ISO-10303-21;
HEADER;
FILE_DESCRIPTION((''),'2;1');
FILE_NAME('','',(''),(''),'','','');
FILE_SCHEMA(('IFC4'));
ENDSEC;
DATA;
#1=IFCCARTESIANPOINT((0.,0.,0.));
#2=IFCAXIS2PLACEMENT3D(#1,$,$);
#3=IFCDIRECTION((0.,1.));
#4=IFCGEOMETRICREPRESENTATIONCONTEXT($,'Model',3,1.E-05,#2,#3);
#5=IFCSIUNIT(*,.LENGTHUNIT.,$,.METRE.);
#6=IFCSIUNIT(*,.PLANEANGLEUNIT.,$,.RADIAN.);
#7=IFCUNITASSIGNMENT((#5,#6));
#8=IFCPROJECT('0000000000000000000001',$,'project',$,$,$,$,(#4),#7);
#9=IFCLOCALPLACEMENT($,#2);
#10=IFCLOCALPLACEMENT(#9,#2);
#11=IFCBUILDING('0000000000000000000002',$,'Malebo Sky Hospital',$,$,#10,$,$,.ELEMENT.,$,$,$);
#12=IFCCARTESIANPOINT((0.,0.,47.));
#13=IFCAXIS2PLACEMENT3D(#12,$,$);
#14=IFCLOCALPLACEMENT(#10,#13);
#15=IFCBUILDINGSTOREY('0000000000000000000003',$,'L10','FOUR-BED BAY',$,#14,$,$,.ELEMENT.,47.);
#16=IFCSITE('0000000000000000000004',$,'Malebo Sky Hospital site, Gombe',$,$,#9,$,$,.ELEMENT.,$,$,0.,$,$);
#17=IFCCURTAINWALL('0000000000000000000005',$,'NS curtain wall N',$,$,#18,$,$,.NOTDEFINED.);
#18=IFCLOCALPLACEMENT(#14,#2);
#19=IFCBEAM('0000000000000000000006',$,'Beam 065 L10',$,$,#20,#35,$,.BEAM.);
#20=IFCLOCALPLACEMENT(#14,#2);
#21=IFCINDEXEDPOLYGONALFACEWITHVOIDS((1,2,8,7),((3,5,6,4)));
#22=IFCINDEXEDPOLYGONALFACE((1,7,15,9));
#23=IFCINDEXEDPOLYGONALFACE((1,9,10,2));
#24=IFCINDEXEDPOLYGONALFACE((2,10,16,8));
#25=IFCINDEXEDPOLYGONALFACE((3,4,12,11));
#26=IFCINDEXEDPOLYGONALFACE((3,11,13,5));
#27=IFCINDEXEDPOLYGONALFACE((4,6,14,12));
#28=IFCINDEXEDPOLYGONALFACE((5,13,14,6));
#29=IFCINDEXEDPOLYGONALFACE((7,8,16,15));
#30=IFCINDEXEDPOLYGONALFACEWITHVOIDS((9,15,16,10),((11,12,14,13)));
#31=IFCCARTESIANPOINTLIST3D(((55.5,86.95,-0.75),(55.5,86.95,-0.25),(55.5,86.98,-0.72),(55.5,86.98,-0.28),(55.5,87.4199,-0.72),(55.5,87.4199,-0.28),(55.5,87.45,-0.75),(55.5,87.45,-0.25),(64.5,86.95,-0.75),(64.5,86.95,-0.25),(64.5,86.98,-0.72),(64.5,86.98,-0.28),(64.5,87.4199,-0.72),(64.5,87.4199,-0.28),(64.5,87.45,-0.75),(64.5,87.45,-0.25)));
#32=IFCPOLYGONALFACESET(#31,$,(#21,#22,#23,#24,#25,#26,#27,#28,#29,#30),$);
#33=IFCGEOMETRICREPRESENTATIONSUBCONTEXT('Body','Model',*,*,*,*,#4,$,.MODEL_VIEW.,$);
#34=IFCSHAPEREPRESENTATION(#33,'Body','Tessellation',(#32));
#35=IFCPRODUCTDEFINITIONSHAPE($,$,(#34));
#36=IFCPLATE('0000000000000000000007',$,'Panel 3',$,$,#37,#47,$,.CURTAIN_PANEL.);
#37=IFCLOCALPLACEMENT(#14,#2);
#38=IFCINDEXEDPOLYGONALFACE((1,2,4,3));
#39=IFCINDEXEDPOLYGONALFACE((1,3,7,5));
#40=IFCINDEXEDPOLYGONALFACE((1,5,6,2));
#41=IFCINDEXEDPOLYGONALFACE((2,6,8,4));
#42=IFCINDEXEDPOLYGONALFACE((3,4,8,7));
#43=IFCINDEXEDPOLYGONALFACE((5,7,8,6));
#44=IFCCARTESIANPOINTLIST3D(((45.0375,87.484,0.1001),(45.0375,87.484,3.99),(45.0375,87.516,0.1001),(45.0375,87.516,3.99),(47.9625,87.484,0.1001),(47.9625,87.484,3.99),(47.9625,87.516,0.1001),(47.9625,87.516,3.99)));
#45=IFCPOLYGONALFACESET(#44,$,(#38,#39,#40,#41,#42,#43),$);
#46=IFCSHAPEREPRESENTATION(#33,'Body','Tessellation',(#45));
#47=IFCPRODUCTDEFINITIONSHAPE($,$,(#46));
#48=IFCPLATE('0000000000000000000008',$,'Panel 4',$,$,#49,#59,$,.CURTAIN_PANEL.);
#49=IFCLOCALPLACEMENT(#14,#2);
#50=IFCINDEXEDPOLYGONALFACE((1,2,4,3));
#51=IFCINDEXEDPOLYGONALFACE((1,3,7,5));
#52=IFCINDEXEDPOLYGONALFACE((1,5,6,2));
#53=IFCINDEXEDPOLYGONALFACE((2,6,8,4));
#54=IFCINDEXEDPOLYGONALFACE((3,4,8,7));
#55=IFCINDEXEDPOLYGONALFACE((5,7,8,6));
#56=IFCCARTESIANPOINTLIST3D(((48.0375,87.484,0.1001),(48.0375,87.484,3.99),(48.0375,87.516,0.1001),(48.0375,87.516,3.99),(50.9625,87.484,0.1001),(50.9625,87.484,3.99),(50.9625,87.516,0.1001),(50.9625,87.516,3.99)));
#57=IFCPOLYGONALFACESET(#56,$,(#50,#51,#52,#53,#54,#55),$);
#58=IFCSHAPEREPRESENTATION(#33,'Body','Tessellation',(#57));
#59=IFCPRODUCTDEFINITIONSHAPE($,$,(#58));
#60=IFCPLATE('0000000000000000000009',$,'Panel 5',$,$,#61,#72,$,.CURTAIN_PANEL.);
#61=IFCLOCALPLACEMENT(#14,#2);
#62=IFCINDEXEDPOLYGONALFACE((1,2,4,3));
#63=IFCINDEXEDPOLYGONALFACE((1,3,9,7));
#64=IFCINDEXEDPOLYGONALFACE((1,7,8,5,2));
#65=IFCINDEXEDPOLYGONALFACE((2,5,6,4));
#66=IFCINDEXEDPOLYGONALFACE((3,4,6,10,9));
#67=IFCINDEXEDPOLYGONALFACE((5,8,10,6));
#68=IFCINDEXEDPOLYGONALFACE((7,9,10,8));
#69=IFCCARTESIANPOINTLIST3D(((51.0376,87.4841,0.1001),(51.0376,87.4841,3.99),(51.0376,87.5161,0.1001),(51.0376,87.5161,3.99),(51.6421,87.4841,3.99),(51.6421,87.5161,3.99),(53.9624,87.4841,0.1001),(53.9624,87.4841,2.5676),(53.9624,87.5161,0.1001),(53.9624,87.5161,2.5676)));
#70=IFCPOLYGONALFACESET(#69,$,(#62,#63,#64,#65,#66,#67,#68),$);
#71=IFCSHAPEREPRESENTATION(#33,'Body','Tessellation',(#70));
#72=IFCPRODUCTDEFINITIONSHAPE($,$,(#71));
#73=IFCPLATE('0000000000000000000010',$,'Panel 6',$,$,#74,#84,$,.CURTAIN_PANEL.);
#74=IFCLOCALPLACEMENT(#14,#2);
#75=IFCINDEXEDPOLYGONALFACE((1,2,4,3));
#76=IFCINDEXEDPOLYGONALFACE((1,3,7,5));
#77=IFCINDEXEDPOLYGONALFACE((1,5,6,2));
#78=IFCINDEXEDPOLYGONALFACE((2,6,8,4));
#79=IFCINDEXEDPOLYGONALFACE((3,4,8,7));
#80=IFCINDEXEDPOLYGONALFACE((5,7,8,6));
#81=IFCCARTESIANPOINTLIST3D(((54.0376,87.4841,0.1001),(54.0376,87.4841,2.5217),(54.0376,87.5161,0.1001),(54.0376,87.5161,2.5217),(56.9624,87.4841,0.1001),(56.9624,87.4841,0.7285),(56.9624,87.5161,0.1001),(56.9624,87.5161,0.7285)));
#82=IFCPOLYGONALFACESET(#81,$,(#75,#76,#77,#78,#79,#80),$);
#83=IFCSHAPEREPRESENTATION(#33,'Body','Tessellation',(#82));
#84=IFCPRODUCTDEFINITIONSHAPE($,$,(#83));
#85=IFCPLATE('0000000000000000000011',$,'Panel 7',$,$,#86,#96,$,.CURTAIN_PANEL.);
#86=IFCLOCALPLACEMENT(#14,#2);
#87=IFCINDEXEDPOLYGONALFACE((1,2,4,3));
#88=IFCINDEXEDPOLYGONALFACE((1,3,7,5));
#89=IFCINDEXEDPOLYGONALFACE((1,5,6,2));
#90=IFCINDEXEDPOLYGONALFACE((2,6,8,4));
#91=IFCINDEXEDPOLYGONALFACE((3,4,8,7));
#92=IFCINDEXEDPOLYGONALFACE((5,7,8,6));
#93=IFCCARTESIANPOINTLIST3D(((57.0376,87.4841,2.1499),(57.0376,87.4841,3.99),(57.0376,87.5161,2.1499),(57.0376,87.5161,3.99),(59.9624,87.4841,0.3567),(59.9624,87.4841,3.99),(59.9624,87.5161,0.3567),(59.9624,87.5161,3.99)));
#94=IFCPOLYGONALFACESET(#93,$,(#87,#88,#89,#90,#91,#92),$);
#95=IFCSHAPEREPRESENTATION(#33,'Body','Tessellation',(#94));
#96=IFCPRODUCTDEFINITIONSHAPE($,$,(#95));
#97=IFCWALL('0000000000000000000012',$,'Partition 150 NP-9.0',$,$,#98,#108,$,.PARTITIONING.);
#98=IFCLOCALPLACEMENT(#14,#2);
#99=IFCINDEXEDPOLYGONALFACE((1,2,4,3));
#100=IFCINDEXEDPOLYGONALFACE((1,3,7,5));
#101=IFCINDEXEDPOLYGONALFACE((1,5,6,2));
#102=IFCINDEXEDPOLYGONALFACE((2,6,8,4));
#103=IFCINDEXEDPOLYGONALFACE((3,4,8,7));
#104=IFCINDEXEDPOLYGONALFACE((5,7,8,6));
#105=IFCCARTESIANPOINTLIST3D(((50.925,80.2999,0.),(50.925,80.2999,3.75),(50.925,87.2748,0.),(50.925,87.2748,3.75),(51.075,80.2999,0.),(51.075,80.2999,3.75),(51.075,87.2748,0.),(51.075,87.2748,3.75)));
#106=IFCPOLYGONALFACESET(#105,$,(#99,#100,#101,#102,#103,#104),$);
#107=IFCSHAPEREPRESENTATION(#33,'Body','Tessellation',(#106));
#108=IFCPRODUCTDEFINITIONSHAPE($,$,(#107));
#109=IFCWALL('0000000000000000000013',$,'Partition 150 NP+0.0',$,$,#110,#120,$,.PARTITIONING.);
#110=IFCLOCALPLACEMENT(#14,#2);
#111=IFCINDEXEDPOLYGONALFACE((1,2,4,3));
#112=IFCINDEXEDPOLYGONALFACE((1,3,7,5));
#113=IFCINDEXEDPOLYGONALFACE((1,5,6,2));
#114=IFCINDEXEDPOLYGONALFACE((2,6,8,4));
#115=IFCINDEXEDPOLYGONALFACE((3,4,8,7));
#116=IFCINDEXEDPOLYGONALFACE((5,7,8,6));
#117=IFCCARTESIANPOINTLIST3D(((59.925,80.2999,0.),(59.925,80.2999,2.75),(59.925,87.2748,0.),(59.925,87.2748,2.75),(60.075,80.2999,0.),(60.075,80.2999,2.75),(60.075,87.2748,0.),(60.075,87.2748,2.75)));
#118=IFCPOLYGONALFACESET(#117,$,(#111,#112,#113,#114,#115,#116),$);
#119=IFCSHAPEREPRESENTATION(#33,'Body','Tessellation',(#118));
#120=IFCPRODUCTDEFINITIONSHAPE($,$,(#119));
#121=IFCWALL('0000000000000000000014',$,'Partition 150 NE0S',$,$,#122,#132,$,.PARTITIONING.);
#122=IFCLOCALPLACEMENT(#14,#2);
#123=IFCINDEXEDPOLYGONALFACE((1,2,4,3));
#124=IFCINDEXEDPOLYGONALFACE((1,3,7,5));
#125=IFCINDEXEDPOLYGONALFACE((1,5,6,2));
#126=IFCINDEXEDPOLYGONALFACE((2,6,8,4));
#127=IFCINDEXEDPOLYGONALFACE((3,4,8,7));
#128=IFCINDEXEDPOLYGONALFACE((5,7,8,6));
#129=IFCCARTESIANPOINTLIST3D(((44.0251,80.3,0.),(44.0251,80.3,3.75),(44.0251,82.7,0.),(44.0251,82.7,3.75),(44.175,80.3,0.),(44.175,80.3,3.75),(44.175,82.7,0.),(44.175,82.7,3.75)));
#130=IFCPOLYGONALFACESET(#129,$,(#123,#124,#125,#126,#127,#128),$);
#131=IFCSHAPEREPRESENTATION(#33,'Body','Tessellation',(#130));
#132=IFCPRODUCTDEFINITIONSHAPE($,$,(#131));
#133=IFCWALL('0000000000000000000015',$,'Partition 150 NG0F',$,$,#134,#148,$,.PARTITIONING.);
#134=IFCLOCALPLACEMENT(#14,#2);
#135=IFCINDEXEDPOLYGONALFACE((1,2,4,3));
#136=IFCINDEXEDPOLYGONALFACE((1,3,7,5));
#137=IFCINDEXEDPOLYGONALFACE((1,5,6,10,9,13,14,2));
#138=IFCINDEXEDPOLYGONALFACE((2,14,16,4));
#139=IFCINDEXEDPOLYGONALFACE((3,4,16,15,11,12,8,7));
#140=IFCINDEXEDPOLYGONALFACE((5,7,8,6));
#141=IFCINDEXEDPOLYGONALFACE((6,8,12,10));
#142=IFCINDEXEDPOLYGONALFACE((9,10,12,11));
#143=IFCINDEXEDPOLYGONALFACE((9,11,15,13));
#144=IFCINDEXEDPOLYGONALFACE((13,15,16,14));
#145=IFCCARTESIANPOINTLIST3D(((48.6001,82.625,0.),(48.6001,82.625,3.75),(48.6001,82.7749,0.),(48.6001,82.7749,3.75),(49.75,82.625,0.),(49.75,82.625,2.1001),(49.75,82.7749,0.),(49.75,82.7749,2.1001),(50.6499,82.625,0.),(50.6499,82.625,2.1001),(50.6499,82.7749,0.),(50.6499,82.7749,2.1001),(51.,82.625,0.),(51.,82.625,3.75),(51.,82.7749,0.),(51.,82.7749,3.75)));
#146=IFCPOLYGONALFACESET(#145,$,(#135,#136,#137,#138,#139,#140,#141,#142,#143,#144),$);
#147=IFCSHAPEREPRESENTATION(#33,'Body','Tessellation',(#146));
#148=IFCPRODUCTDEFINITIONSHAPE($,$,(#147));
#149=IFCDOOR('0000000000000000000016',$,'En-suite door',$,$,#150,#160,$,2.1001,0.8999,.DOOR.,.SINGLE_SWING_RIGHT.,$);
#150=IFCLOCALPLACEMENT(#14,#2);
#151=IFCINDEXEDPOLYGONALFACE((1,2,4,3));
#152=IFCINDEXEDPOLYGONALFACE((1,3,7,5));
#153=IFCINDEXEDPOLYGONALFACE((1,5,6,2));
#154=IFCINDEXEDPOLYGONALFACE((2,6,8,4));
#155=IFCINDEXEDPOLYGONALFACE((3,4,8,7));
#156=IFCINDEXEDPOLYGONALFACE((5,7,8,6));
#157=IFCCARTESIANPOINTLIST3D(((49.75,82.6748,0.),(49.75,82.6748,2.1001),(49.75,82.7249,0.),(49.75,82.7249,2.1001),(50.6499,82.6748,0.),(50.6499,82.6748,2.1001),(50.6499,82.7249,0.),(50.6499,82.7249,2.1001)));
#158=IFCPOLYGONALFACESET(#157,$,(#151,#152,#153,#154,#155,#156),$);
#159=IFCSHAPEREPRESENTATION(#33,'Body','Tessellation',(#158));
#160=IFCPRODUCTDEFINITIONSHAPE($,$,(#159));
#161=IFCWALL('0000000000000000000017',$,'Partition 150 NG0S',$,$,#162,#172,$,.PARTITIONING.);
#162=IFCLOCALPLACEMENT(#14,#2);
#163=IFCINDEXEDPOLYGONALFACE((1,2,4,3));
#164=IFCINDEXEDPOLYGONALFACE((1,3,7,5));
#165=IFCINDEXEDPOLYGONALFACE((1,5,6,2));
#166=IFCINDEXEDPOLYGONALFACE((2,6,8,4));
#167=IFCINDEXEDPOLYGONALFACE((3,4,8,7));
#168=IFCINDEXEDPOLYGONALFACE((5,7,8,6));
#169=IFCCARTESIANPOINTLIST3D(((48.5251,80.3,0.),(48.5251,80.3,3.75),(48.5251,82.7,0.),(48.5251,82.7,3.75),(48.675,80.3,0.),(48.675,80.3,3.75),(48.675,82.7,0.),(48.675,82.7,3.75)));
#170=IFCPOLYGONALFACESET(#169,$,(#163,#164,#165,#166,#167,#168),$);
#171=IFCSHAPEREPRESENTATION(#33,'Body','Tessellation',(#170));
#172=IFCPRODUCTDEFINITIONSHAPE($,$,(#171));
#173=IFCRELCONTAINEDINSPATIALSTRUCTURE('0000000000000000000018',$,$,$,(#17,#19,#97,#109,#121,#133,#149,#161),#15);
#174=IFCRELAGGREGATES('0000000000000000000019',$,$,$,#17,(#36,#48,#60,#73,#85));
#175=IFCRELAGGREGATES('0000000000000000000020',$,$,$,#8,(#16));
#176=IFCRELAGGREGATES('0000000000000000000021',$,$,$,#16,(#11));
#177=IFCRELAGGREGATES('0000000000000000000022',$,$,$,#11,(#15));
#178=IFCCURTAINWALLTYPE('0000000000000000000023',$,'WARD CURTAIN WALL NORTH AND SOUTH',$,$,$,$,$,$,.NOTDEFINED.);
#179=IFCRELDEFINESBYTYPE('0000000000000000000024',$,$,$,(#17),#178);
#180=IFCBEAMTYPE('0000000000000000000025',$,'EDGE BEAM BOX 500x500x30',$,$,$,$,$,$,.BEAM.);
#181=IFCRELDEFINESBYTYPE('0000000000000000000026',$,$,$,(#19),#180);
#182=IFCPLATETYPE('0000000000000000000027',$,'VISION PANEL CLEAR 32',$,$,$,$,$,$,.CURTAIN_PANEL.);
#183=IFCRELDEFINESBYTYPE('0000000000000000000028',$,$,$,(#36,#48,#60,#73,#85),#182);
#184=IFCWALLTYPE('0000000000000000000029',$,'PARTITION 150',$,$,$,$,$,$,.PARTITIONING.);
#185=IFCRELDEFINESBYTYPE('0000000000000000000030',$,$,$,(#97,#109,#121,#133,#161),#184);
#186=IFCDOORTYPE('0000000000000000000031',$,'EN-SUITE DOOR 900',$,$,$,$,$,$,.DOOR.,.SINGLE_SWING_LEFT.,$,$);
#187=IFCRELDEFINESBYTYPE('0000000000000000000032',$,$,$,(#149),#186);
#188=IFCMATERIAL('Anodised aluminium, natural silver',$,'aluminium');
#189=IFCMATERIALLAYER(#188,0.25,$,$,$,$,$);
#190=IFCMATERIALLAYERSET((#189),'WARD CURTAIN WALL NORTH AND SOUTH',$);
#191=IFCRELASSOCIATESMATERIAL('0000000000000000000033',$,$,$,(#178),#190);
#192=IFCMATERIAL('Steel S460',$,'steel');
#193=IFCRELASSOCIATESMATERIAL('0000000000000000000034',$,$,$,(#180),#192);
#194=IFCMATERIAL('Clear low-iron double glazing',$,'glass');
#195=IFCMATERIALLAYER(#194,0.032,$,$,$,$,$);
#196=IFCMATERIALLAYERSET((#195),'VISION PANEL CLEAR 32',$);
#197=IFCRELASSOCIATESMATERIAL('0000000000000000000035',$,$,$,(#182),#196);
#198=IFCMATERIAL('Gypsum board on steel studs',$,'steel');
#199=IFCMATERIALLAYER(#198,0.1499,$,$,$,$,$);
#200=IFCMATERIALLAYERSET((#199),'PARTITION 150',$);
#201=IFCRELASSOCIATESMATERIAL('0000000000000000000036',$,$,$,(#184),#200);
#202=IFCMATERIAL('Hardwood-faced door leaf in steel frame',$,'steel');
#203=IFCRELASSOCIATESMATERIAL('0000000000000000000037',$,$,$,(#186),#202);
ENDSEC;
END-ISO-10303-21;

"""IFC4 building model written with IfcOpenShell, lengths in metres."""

from ifc_helpers import new_model, si_unit, direction, frame, frame_2d, origin, origin_2d, place, context, subcontext, project, spatial, polyline, rectangle, hollow_rectangle, outline, extrude, material, layer, layer_set, material_profile, profile_set, type_object, element, fill, aggregate, save


model = new_model("IFC4")

# Units and contexts
model_context = context("Model", 3, precision=1e-05, world=origin(), true_north=direction((0.0, 1.0)))
body_context = subcontext(model_context, "Body", "Model", "MODEL_VIEW")
ifc_project = project(units=[si_unit("LENGTHUNIT", "METRE"), si_unit("PLANEANGLEUNIT", "RADIAN")], contexts=[model_context])

# Site, building, storey
site_placement = place(None, origin())
site = spatial("IfcSite", under=ifc_project, at=site_placement, Name="Malebo Sky Hospital site, Gombe", CompositionType="ELEMENT", RefElevation=0.0)
building_placement = place(site_placement, origin())
building = spatial("IfcBuilding", under=site, at=building_placement, Name="Malebo Sky Hospital", CompositionType="ELEMENT")
storey_placement = place(building_placement, frame((0.0, 0.0, 47.0)))
storey = spatial("IfcBuildingStorey", under=building, at=storey_placement, Name="L10", Description="FOUR-BED BAY", CompositionType="ELEMENT", Elevation=47.0)

# Shared definitions
ifc_material_1 = material(Name="Steel S460", Category="steel")

# Curtain wall
ifc_material_2 = material(Name="Anodised aluminium, natural silver", Category="aluminium")
ifc_layer_1 = layer(ifc_material_2, 0.25)
ifc_layer_set_1 = layer_set([ifc_layer_1], Name="WARD CURTAIN WALL NORTH AND SOUTH")
curtain_wall_type = type_object("IfcCurtainWallType", Name="WARD CURTAIN WALL NORTH AND SOUTH", PredefinedType="NOTDEFINED", material=ifc_layer_set_1)
curtain_wall_placement = place(storey_placement, origin())
curtain_wall = element("IfcCurtainWall", 1, at=curtain_wall_placement, inside=storey, type_object=curtain_wall_type, Name="NS curtain wall N", PredefinedType="NOTDEFINED")

# Beam
ifc_material_profile_1 = material_profile(ifc_material_1, hollow_rectangle(XDim=0.5, YDim=0.5, WallThickness=0.03, at=origin_2d()), Name="BOX 500x500x30")
ifc_profile_set_1 = profile_set([ifc_material_profile_1], Name="Steel S460")
beam_type = type_object("IfcBeamType", Name="EDGE BEAM BOX 500x500x30", PredefinedType="BEAM", material=ifc_profile_set_1)
for number, where, z_axis, x_axis, name in (
    (2, (55.5, 87.2, -0.5), (1.0, 0.0, 0.0), (0.0, 1.0, 0.0), "Beam 065 L10"),
):
    element("IfcBeam", number, at=place(storey_placement, frame(where, z_axis=z_axis, x_axis=x_axis)), inside=storey, type_object=beam_type, Name=name, PredefinedType="BEAM", context=body_context, shape_type="SweptSolid", body=[
        extrude(hollow_rectangle(XDim=0.5, YDim=0.5, WallThickness=0.03, at=origin_2d()), origin(), (0.0, 0.0, 1.0), 9.0),
    ])

# Plates
ifc_material_3 = material(Name="Clear low-iron double glazing", Category="glass")
ifc_layer_2 = layer(ifc_material_3, 0.032)
ifc_layer_set_2 = layer_set([ifc_layer_2], Name="VISION PANEL CLEAR 32")
plate_type = type_object("IfcPlateType", Name="VISION PANEL CLEAR 32", PredefinedType="CURTAIN_PANEL", material=ifc_layer_set_2)
plate_1_placement = place(storey_placement, frame((46.5, 87.5, 0.1001), z_axis=(0.0, 0.0, 1.0), x_axis=(1.0, 0.0, 0.0)))
plate_1 = element("IfcPlate", 3, at=plate_1_placement, type_object=plate_type, Name="Panel 3", PredefinedType="CURTAIN_PANEL", context=body_context, shape_type="SweptSolid", body=[
    extrude(rectangle(XDim=2.925, YDim=0.032, at=origin_2d()), origin(), (0.0, 0.0, 1.0), 3.8899),
])
plate_2_placement = place(storey_placement, frame((49.5, 87.5, 0.1001), z_axis=(0.0, 0.0, 1.0), x_axis=(1.0, 0.0, 0.0)))
plate_2 = element("IfcPlate", 4, at=plate_2_placement, type_object=plate_type, Name="Panel 4", PredefinedType="CURTAIN_PANEL", context=body_context, shape_type="SweptSolid", body=[
    extrude(rectangle(XDim=2.925, YDim=0.032, at=origin_2d()), origin(), (0.0, 0.0, 1.0), 3.8899),
])
plate_3_placement = place(storey_placement, frame((52.5, 87.5, 0.1001), z_axis=(0.0, 0.0, 1.0), x_axis=(1.0, 0.0, 0.0)))
plate_3 = element("IfcPlate", 5, at=plate_3_placement, type_object=plate_type, Name="Panel 5", PredefinedType="CURTAIN_PANEL", context=body_context, shape_type="SweptSolid", body=[
    extrude(outline(polyline([(-1.4624, 0.0), (1.4624, 0.0), (1.4624, 2.4675), (-0.8579, 3.8899), (-1.4624, 3.8899), (-1.4624, 0.0)])), frame((0.0, 0.0161, 0.0), z_axis=(0.0, -1.0, 0.0), x_axis=(1.0, 0.0, 0.0)), (0.0, 0.0, 1.0), 0.032),
])
plate_4_placement = place(storey_placement, frame((55.5, 87.5, 0.1001), z_axis=(0.0, 0.0, 1.0), x_axis=(1.0, 0.0, 0.0)))
plate_4 = element("IfcPlate", 6, at=plate_4_placement, type_object=plate_type, Name="Panel 6", PredefinedType="CURTAIN_PANEL", context=body_context, shape_type="SweptSolid", body=[
    extrude(outline(polyline([(-1.4624, 0.0), (1.4624, 0.0), (1.4624, 0.6284), (-1.4624, 2.4216), (-1.4624, 0.0)])), frame((0.0, 0.0161, 0.0), z_axis=(0.0, -1.0, 0.0), x_axis=(1.0, 0.0, 0.0)), (0.0, 0.0, 1.0), 0.032),
])
plate_5_placement = place(storey_placement, frame((58.5, 87.5, 0.3567), z_axis=(0.0, 0.0, 1.0), x_axis=(1.0, 0.0, 0.0)))
plate_5 = element("IfcPlate", 7, at=plate_5_placement, type_object=plate_type, Name="Panel 7", PredefinedType="CURTAIN_PANEL", context=body_context, shape_type="SweptSolid", body=[
    extrude(outline(polyline([(1.4624, 0.0), (1.4624, 3.6333), (-1.4624, 3.6333), (-1.4624, 1.7932), (1.4624, 0.0)])), frame((0.0, 0.0161, 0.0), z_axis=(0.0, -1.0, 0.0), x_axis=(1.0, 0.0, 0.0)), (0.0, 0.0, 1.0), 0.032),
])
aggregate(curtain_wall, [plate_1, plate_2, plate_3, plate_4, plate_5])

# Walls
ifc_material_4 = material(Name="Gypsum board on steel studs", Category="steel")
ifc_layer_3 = layer(ifc_material_4, 0.1499)
ifc_layer_set_3 = layer_set([ifc_layer_3], Name="PARTITION 150")
wall_type = type_object("IfcWallType", Name="PARTITION 150", PredefinedType="PARTITIONING", material=ifc_layer_set_3)
wall_1_placement = place(storey_placement, frame((51.0, 80.3, 0.0), z_axis=(0.0, 0.0, 1.0), x_axis=(0.0, 1.0, 0.0)))
element("IfcWall", 8, at=wall_1_placement, inside=storey, type_object=wall_type, Name="Partition 150 NP-9.0", PredefinedType="PARTITIONING", context=body_context, shape_type="SweptSolid", body=[
    extrude(rectangle(XDim=6.9749, YDim=0.1499, at=frame_2d((3.4873, 0.0))), origin(), (0.0, 0.0, 1.0), 3.75),
])
wall_2_placement = place(storey_placement, frame((60.0, 80.3, 0.0), z_axis=(0.0, 0.0, 1.0), x_axis=(0.0, 1.0, 0.0)))
element("IfcWall", 9, at=wall_2_placement, inside=storey, type_object=wall_type, Name="Partition 150 NP+0.0", PredefinedType="PARTITIONING", context=body_context, shape_type="SweptSolid", body=[
    extrude(rectangle(XDim=6.9749, YDim=0.1499, at=frame_2d((3.4873, 0.0))), origin(), (0.0, 0.0, 1.0), 2.75),
])
wall_3_placement = place(storey_placement, frame((44.1001, 80.3, 0.0), z_axis=(0.0, 0.0, 1.0), x_axis=(0.0, 1.0, 0.0)))
element("IfcWall", 10, at=wall_3_placement, inside=storey, type_object=wall_type, Name="Partition 150 NE0S", PredefinedType="PARTITIONING", context=body_context, shape_type="SweptSolid", body=[
    extrude(rectangle(XDim=2.3999, YDim=0.1499, at=frame_2d((1.2, 0.0))), origin(), (0.0, 0.0, 1.0), 3.75),
])

# Wall, opening, door
wall_4_placement = place(storey_placement, frame((48.6001, 82.7, 0.0), z_axis=(0.0, 0.0, 1.0), x_axis=(1.0, 0.0, 0.0)))
wall_4 = element("IfcWall", 11, at=wall_4_placement, inside=storey, type_object=wall_type, Name="Partition 150 NG0F", PredefinedType="PARTITIONING", context=body_context, shape_type="SweptSolid", body=[
    extrude(rectangle(XDim=2.3999, YDim=0.1499, at=frame_2d((1.2, 0.0))), origin(), (0.0, 0.0, 1.0), 3.75),
])
opening_1_placement = place(wall_4_placement, frame((1.1499, 0.0, 0.0)))
opening_1 = element("IfcOpeningElement", 12, at=opening_1_placement, cuts=wall_4, PredefinedType="OPENING", context=body_context, shape_type="SweptSolid", body=[
    extrude(rectangle(XDim=0.8999, YDim=2.1001, at=frame_2d((0.45, 1.05))), frame((0.0, 0.085, 0.0), z_axis=(0.0, -1.0, 0.0), x_axis=(1.0, 0.0, 0.0)), (0.0, 0.0, 1.0), 0.1699),
])
ifc_material_5 = material(Name="Hardwood-faced door leaf in steel frame", Category="steel")
door_type = type_object("IfcDoorType", Name="EN-SUITE DOOR 900", OperationType="SINGLE_SWING_LEFT", PredefinedType="DOOR", material=ifc_material_5)
door_1_placement = place(opening_1_placement, origin())
door_1 = element("IfcDoor", 13, at=door_1_placement, inside=storey, type_object=door_type, Name="En-suite door", OperationType="SINGLE_SWING_RIGHT", OverallHeight=2.1001, OverallWidth=0.8999, PredefinedType="DOOR", context=body_context, shape_type="SweptSolid", body=[
    extrude(rectangle(XDim=0.8999, YDim=2.1001, at=frame_2d((0.45, 1.05))), frame((0.0, 0.0249, 0.0), z_axis=(0.0, -1.0, 0.0), x_axis=(1.0, 0.0, 0.0)), (0.0, 0.0, 1.0), 0.05),
])
fill(opening_1, door_1)

# Wall
wall_5_placement = place(storey_placement, frame((48.6001, 80.3, 0.0), z_axis=(0.0, 0.0, 1.0), x_axis=(0.0, 1.0, 0.0)))
element("IfcWall", 14, at=wall_5_placement, inside=storey, type_object=wall_type, Name="Partition 150 NG0S", PredefinedType="PARTITIONING", context=body_context, shape_type="SweptSolid", body=[
    extrude(rectangle(XDim=2.3999, YDim=0.1499, at=frame_2d((1.2, 0.0))), origin(), (0.0, 0.0, 1.0), 3.75),
])

save(model, "model.ifc")
